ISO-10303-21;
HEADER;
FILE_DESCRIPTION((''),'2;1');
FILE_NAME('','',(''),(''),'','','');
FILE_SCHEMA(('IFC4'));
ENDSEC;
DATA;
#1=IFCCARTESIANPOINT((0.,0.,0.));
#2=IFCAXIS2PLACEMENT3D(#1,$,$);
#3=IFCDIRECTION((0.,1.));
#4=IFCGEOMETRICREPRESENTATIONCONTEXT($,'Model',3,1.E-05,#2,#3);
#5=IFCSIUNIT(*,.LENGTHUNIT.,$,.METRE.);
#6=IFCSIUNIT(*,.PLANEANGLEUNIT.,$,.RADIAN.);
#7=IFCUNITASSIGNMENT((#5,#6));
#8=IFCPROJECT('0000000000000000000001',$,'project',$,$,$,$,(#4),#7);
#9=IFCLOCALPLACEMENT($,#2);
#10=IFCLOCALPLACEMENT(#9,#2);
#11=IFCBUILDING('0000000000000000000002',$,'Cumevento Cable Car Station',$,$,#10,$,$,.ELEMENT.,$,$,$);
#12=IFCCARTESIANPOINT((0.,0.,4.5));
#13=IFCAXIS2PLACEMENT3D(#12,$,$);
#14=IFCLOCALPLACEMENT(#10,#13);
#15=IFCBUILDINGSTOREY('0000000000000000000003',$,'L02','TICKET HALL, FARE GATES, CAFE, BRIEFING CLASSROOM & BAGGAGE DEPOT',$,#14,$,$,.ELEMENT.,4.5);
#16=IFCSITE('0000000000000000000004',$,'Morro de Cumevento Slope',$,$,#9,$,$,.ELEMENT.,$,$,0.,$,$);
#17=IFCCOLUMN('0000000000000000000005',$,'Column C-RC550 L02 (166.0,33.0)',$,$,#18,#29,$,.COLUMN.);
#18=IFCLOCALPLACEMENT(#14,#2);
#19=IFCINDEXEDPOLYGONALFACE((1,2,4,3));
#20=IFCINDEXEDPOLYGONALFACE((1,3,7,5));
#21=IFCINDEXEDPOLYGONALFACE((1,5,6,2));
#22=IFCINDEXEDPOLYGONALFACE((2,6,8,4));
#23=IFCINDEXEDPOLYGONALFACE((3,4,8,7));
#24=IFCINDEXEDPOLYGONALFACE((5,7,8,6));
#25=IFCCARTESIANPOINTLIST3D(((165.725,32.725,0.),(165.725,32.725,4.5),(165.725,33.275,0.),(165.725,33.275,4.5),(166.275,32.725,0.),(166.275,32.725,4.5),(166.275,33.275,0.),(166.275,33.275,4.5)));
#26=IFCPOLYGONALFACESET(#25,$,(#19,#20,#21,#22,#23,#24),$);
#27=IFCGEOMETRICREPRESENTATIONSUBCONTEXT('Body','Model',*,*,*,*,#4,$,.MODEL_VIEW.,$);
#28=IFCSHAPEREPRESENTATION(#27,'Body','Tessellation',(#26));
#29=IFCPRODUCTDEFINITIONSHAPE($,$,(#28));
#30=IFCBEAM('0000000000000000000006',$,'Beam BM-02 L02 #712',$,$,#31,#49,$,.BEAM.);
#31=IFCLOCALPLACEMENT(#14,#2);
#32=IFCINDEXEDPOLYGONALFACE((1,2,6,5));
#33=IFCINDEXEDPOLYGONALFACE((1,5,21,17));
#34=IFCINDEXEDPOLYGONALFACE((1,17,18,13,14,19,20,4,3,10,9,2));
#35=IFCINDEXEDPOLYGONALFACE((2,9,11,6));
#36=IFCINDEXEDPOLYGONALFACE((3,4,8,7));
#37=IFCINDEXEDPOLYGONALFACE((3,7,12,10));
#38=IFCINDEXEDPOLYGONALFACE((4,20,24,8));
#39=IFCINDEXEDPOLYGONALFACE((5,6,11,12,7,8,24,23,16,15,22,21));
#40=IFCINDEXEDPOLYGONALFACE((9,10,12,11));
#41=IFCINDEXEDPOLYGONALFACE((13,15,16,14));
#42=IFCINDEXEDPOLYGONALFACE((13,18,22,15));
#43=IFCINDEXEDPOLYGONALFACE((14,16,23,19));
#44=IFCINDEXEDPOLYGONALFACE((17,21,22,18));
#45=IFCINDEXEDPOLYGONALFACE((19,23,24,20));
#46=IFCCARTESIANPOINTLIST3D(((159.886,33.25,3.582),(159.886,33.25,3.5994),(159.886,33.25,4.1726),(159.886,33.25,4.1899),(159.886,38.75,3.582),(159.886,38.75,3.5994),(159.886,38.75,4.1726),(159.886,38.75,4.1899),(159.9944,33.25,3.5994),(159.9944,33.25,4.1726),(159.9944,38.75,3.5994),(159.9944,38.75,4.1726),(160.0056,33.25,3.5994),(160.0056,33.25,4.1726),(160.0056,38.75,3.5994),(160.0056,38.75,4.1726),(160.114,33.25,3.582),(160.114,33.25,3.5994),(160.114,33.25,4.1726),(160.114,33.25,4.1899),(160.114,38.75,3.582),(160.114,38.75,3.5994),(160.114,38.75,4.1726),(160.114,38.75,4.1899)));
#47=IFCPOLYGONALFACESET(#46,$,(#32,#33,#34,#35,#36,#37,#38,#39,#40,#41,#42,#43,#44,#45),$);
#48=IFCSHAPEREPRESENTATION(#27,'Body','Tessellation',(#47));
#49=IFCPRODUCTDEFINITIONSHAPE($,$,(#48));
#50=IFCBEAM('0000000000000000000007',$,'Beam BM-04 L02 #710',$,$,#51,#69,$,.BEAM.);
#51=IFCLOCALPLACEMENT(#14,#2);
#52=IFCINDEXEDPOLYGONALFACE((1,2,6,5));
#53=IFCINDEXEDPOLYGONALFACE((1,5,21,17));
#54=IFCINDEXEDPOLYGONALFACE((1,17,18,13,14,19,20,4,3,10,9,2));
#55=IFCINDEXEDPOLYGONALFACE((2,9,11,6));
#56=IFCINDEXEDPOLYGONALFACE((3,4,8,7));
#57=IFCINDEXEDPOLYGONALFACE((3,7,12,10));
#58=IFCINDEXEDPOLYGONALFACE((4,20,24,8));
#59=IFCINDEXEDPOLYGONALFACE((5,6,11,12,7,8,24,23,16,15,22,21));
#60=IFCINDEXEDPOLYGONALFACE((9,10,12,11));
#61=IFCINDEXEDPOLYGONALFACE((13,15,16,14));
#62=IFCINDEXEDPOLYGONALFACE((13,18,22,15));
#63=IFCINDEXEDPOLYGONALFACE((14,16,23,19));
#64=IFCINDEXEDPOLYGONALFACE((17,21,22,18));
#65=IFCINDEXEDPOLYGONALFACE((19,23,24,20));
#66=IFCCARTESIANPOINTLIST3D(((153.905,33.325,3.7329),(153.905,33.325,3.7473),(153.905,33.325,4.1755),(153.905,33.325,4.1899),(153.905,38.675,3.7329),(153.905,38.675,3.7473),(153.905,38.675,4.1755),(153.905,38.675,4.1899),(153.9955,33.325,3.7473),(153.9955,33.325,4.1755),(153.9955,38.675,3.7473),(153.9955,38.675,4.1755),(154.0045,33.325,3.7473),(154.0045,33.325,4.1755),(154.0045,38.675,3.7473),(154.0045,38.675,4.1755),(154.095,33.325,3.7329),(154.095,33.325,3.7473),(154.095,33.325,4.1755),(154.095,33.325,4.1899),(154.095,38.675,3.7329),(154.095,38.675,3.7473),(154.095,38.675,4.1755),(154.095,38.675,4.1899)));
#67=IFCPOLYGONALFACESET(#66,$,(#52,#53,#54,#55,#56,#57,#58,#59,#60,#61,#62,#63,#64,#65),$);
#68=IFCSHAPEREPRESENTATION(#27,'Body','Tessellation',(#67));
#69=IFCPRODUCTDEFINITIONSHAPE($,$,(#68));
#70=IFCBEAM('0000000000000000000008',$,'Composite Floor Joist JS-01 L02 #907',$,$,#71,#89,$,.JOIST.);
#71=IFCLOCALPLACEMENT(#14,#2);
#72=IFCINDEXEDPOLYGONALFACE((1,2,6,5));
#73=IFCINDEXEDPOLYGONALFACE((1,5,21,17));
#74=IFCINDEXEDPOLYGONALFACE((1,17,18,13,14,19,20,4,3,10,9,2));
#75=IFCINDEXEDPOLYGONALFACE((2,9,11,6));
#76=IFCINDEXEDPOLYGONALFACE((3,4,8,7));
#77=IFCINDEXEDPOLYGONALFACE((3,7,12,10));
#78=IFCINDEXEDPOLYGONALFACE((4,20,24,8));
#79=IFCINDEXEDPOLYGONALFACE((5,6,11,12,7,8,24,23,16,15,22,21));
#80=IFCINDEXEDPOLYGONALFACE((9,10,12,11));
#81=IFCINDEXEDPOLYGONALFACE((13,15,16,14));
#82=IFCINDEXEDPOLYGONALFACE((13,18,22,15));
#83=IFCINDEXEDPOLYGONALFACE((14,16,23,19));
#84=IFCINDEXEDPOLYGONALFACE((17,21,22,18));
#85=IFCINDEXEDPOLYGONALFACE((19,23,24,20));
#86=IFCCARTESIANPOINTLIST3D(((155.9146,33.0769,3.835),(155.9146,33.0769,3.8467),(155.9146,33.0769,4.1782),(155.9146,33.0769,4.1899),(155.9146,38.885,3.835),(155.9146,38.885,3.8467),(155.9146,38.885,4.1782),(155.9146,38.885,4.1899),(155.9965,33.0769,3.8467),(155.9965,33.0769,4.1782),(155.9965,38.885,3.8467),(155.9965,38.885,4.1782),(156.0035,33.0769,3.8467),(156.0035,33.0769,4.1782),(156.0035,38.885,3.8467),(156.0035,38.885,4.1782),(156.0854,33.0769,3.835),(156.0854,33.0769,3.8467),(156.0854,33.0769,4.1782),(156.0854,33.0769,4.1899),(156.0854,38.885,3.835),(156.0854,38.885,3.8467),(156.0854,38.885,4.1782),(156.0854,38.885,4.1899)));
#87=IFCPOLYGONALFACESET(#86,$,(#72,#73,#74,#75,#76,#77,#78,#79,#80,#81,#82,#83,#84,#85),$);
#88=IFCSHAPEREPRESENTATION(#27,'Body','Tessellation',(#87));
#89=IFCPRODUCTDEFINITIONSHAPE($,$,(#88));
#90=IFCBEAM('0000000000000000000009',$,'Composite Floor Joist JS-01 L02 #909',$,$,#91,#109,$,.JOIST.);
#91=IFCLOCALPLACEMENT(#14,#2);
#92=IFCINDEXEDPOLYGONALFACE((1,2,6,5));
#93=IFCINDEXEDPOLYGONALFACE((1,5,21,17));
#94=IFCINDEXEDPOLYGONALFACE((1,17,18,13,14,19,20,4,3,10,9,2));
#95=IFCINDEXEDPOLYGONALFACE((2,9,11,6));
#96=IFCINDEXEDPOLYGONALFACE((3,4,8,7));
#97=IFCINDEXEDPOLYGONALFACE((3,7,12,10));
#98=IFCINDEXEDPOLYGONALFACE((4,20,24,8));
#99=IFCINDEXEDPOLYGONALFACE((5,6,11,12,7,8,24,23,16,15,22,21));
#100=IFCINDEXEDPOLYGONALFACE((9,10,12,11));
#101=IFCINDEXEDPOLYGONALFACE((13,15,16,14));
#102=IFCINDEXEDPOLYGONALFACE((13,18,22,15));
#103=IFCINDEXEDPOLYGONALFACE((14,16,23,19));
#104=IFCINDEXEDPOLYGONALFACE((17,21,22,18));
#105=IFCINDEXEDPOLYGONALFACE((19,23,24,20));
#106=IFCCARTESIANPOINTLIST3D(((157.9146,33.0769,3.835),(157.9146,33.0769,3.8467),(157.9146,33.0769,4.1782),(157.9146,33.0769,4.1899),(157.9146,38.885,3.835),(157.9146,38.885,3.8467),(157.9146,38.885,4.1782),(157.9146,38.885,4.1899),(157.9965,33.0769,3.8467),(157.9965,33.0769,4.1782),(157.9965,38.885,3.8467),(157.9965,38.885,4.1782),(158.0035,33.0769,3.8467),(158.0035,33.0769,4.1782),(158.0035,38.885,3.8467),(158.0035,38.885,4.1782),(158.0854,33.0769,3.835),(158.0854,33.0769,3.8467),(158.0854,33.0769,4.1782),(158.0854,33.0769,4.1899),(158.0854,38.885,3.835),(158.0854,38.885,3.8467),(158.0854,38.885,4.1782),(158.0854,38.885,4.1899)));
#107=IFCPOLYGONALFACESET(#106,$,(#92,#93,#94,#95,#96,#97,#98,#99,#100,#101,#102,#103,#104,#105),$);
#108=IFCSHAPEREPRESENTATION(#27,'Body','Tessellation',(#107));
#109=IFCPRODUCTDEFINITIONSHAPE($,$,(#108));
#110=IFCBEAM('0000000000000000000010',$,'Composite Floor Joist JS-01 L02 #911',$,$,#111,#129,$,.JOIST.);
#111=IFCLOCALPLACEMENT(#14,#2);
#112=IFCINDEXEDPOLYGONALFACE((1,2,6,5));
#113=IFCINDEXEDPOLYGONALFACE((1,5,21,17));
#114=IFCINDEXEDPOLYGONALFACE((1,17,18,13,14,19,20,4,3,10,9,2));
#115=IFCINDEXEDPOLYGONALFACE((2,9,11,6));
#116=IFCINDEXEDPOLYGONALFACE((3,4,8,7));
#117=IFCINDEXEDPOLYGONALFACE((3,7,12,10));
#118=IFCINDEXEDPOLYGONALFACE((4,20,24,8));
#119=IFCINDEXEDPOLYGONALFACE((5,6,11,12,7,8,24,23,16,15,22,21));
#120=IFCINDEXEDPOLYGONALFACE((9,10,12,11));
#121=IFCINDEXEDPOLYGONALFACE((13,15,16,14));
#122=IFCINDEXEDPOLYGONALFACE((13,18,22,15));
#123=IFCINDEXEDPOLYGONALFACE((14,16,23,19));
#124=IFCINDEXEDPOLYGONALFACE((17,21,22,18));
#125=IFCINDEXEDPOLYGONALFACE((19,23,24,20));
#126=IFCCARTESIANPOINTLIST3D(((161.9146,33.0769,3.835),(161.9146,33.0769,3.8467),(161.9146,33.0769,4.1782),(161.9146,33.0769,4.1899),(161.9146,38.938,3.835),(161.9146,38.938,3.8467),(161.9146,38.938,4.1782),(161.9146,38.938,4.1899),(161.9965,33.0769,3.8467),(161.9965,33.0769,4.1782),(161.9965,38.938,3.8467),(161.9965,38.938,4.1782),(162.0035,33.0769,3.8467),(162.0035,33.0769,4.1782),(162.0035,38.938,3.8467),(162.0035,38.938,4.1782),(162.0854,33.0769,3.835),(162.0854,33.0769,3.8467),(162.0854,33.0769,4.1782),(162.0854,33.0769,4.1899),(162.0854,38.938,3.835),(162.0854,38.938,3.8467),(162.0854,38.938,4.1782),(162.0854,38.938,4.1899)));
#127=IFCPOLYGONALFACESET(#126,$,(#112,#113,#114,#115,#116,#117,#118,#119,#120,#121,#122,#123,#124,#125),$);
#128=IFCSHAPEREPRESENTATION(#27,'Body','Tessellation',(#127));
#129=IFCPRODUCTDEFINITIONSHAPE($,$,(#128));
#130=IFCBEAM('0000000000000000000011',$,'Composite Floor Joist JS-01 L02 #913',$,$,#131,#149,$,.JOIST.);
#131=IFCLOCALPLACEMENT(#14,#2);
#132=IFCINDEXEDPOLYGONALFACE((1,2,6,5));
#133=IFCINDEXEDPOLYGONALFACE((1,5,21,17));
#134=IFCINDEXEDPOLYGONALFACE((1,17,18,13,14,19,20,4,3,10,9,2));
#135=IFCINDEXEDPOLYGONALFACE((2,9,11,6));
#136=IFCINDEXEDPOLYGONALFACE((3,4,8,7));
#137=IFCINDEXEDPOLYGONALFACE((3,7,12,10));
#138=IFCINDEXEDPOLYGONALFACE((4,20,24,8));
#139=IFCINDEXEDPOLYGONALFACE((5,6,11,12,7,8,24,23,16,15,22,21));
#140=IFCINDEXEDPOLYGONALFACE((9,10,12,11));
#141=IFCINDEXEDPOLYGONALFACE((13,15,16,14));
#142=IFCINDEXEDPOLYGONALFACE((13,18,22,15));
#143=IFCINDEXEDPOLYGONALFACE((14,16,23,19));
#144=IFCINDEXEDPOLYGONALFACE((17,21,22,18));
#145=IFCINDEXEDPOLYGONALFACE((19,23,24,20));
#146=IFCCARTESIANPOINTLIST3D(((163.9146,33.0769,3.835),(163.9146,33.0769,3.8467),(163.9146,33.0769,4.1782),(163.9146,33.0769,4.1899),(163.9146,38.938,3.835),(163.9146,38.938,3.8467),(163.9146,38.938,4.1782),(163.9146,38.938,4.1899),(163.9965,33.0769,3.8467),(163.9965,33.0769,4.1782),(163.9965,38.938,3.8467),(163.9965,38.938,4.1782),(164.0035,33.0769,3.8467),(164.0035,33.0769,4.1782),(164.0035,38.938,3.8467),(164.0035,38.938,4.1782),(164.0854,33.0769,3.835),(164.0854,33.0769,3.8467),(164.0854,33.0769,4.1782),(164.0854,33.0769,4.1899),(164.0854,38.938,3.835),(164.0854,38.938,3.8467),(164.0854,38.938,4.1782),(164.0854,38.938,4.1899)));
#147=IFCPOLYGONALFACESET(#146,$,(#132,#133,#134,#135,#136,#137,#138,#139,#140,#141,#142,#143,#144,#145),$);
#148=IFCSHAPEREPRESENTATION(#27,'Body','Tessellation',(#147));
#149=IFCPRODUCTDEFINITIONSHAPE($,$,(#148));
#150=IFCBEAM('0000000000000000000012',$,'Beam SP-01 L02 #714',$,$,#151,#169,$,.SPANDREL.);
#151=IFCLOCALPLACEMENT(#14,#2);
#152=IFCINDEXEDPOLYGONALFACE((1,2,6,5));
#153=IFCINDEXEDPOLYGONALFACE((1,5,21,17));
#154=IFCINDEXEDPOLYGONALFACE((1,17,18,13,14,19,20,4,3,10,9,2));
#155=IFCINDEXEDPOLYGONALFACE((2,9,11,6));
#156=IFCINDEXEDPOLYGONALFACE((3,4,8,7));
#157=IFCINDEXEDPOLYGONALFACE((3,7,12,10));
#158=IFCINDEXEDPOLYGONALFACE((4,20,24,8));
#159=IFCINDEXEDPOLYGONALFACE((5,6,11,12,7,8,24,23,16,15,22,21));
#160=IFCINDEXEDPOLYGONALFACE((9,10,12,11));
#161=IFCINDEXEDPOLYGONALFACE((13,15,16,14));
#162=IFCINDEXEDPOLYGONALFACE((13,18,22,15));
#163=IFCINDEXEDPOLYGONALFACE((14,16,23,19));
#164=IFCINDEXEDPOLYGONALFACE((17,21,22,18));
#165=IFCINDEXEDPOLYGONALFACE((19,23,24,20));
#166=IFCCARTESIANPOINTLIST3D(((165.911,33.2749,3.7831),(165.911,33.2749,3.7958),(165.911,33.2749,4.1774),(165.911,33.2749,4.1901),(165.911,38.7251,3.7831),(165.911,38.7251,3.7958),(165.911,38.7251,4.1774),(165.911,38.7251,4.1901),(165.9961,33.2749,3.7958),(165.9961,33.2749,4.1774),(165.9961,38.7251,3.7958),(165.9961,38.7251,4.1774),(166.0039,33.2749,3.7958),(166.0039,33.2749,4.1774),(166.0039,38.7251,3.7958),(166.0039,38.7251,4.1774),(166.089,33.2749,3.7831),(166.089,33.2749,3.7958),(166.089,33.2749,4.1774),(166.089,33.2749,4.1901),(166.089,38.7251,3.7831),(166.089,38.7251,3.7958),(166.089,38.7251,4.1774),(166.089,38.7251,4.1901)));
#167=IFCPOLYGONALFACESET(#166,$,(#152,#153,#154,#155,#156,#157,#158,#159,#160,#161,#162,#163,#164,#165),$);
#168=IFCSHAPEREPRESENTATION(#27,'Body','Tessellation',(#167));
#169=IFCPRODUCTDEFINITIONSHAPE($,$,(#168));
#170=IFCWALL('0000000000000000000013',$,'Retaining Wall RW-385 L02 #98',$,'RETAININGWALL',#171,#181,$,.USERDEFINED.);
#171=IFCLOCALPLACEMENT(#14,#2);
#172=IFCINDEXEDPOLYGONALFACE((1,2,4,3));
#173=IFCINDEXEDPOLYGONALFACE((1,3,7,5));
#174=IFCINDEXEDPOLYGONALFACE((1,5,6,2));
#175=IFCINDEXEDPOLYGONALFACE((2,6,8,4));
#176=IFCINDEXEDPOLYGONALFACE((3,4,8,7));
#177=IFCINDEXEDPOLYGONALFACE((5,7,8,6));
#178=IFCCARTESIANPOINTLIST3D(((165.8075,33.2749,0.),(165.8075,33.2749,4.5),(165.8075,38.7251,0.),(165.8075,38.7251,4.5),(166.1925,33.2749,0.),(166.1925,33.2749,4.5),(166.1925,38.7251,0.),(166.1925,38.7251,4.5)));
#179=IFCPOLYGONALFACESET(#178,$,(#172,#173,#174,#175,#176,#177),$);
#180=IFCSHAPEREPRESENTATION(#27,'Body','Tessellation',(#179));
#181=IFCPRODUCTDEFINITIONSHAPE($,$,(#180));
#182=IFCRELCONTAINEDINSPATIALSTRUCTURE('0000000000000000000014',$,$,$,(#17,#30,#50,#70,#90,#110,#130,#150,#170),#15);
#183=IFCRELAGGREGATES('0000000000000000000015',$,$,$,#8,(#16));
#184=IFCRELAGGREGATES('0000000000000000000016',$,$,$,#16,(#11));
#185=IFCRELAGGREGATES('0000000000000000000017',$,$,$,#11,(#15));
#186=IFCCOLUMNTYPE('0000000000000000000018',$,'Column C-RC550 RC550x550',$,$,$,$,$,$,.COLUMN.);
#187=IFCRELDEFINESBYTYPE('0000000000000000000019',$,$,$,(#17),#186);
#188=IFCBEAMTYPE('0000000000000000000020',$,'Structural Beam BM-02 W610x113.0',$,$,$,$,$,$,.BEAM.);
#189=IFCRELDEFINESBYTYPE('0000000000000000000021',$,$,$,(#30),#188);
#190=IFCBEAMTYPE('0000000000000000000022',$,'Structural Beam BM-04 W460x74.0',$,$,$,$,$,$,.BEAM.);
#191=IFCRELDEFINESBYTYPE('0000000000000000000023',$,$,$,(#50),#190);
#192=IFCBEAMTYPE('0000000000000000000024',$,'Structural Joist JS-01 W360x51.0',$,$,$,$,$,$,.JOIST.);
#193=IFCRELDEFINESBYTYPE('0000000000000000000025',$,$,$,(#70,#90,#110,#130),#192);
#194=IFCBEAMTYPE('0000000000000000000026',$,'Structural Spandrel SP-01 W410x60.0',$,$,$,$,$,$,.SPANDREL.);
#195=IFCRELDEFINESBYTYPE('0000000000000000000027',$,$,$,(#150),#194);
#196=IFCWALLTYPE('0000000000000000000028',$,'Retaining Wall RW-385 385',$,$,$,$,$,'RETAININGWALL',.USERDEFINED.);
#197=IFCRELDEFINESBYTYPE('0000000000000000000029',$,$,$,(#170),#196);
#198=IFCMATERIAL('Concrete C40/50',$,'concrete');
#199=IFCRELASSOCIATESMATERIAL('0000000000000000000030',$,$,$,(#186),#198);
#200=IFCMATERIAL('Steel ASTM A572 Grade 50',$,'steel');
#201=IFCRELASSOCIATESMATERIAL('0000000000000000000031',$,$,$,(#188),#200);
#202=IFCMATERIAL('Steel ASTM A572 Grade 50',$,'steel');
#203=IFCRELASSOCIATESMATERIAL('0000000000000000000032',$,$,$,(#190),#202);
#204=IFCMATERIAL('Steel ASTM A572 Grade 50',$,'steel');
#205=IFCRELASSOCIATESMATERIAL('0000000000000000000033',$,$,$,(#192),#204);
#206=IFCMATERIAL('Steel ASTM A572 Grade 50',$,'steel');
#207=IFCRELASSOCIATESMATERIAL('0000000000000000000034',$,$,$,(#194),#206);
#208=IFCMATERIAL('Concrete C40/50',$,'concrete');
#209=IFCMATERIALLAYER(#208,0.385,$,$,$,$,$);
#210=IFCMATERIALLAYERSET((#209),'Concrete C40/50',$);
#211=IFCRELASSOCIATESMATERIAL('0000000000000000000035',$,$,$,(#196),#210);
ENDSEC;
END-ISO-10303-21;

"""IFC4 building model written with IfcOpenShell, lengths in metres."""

from ifc_helpers import new_model, si_unit, direction, frame, frame_2d, origin, origin_2d, place, context, subcontext, project, spatial, rectangle, i_section, extrude, material, layer, layer_set, material_profile, profile_set, type_object, element, save


model = new_model("IFC4")

# Units and contexts
model_context = context("Model", 3, precision=1e-05, world=origin(), true_north=direction((0.0, 1.0)))
body_context = subcontext(model_context, "Body", "Model", "MODEL_VIEW")
ifc_project = project(units=[si_unit("LENGTHUNIT", "METRE"), si_unit("PLANEANGLEUNIT", "RADIAN")], contexts=[model_context])

# Site, building, storey
site_placement = place(None, origin())
site = spatial("IfcSite", under=ifc_project, at=site_placement, Name="Morro de Cumevento Slope", CompositionType="ELEMENT", RefElevation=0.0)
building_placement = place(site_placement, origin())
building = spatial("IfcBuilding", under=site, at=building_placement, Name="Cumevento Cable Car Station", CompositionType="ELEMENT")
storey_placement = place(building_placement, frame((0.0, 0.0, 4.5)))
storey = spatial("IfcBuildingStorey", under=building, at=storey_placement, Name="L02", Description="TICKET HALL, FARE GATES, CAFE, BRIEFING CLASSROOM & BAGGAGE DEPOT", CompositionType="ELEMENT", Elevation=4.5)

# Column
ifc_material_1 = material(Name="Concrete C40/50", Category="concrete")
ifc_material_profile_1 = material_profile(ifc_material_1, rectangle(XDim=0.55, YDim=0.55, at=origin_2d()), Name="RC550x550")
ifc_profile_set_1 = profile_set([ifc_material_profile_1], Name="Concrete C40/50")
column_type = type_object("IfcColumnType", Name="Column C-RC550 RC550x550", PredefinedType="COLUMN", material=ifc_profile_set_1)
column_placement = place(storey_placement, frame((166.0, 33.0, 0.0), z_axis=(0.0, 0.0, 1.0), x_axis=(1.0, 0.0, 0.0)))
element("IfcColumn", 1, at=column_placement, inside=storey, type_object=column_type, Name="Column C-RC550 L02 (166.0,33.0)", PredefinedType="COLUMN", context=body_context, shape_type="SweptSolid", body=[
    extrude(rectangle(XDim=0.55, YDim=0.55, at=origin_2d()), origin(), (0.0, 0.0, 1.0), 4.5),
])

# Beams
ifc_material_2 = material(Name="Steel ASTM A572 Grade 50", Category="steel")
ifc_material_profile_2 = material_profile(ifc_material_2, i_section(OverallWidth=0.228, OverallDepth=0.6079, WebThickness=0.0112, FlangeThickness=0.0173, at=origin_2d()), Name="W610x113.0")
ifc_profile_set_2 = profile_set([ifc_material_profile_2], Name="Steel ASTM A572 Grade 50")
beam_type_1 = type_object("IfcBeamType", Name="Structural Beam BM-02 W610x113.0", PredefinedType="BEAM", material=ifc_profile_set_2)
beam_1_placement = place(storey_placement, frame((160.0, 33.25, 3.886), z_axis=(0.0, 1.0, 0.0), x_axis=(-1.0, 0.0, 0.0)))
element("IfcBeam", 2, at=beam_1_placement, inside=storey, type_object=beam_type_1, Name="Beam BM-02 L02 #712", PredefinedType="BEAM", context=body_context, shape_type="SweptSolid", body=[
    extrude(i_section(OverallWidth=0.228, OverallDepth=0.6079, WebThickness=0.0112, FlangeThickness=0.0173, at=origin_2d()), origin(), (0.0, 0.0, 1.0), 5.5),
])
ifc_material_3 = material(Name="Steel ASTM A572 Grade 50", Category="steel")
ifc_material_profile_3 = material_profile(ifc_material_3, i_section(OverallWidth=0.1899, OverallDepth=0.457, WebThickness=0.009, FlangeThickness=0.0144, at=origin_2d()), Name="W460x74.0")
ifc_profile_set_3 = profile_set([ifc_material_profile_3], Name="Steel ASTM A572 Grade 50")
beam_type_2 = type_object("IfcBeamType", Name="Structural Beam BM-04 W460x74.0", PredefinedType="BEAM", material=ifc_profile_set_3)
beam_2_placement = place(storey_placement, frame((154.0, 33.325, 3.9614), z_axis=(0.0, 1.0, 0.0), x_axis=(-1.0, 0.0, 0.0)))
element("IfcBeam", 3, at=beam_2_placement, inside=storey, type_object=beam_type_2, Name="Beam BM-04 L02 #710", PredefinedType="BEAM", context=body_context, shape_type="SweptSolid", body=[
    extrude(i_section(OverallWidth=0.1899, OverallDepth=0.457, WebThickness=0.009, FlangeThickness=0.0144, at=origin_2d()), origin(), (0.0, 0.0, 1.0), 5.3501),
])
ifc_material_4 = material(Name="Steel ASTM A572 Grade 50", Category="steel")
ifc_material_profile_4 = material_profile(ifc_material_4, i_section(OverallWidth=0.1709, OverallDepth=0.355, WebThickness=0.0071, FlangeThickness=0.0117, at=origin_2d()), Name="W360x51.0")
ifc_profile_set_4 = profile_set([ifc_material_profile_4], Name="Steel ASTM A572 Grade 50")
beam_type_3 = type_object("IfcBeamType", Name="Structural Joist JS-01 W360x51.0", PredefinedType="JOIST", material=ifc_profile_set_4)
for number, where, z_axis, x_axis, name in (
    (4, (156.0, 33.0769, 4.0125), (0.0, 1.0, 0.0), (-1.0, 0.0, 0.0), "Composite Floor Joist JS-01 L02 #907"),
    (5, (158.0, 33.0769, 4.0125), (0.0, 1.0, 0.0), (-1.0, 0.0, 0.0), "Composite Floor Joist JS-01 L02 #909"),
):
    element("IfcBeam", number, at=place(storey_placement, frame(where, z_axis=z_axis, x_axis=x_axis)), inside=storey, type_object=beam_type_3, Name=name, PredefinedType="JOIST", context=body_context, shape_type="SweptSolid", body=[
        extrude(i_section(OverallWidth=0.1709, OverallDepth=0.355, WebThickness=0.0071, FlangeThickness=0.0117, at=origin_2d()), origin(), (0.0, 0.0, 1.0), 5.8081),
    ])
for number, where, z_axis, x_axis, name in (
    (6, (162.0, 33.0769, 4.0125), (0.0, 1.0, 0.0), (-1.0, 0.0, 0.0), "Composite Floor Joist JS-01 L02 #911"),
    (7, (164.0, 33.0769, 4.0125), (0.0, 1.0, 0.0), (-1.0, 0.0, 0.0), "Composite Floor Joist JS-01 L02 #913"),
):
    element("IfcBeam", number, at=place(storey_placement, frame(where, z_axis=z_axis, x_axis=x_axis)), inside=storey, type_object=beam_type_3, Name=name, PredefinedType="JOIST", context=body_context, shape_type="SweptSolid", body=[
        extrude(i_section(OverallWidth=0.1709, OverallDepth=0.355, WebThickness=0.0071, FlangeThickness=0.0117, at=origin_2d()), origin(), (0.0, 0.0, 1.0), 5.8611),
    ])
ifc_material_5 = material(Name="Steel ASTM A572 Grade 50", Category="steel")
ifc_material_profile_5 = material_profile(ifc_material_5, i_section(OverallWidth=0.178, OverallDepth=0.407, WebThickness=0.0078, FlangeThickness=0.0127, at=origin_2d()), Name="W410x60.0")
ifc_profile_set_5 = profile_set([ifc_material_profile_5], Name="Steel ASTM A572 Grade 50")
beam_type_4 = type_object("IfcBeamType", Name="Structural Spandrel SP-01 W410x60.0", PredefinedType="SPANDREL", material=ifc_profile_set_5)
beam_3_placement = place(storey_placement, frame((166.0, 33.2749, 3.9866), z_axis=(0.0, 1.0, 0.0), x_axis=(-1.0, 0.0, 0.0)))
element("IfcBeam", 8, at=beam_3_placement, inside=storey, type_object=beam_type_4, Name="Beam SP-01 L02 #714", PredefinedType="SPANDREL", context=body_context, shape_type="SweptSolid", body=[
    extrude(i_section(OverallWidth=0.178, OverallDepth=0.407, WebThickness=0.0078, FlangeThickness=0.0127, at=origin_2d()), origin(), (0.0, 0.0, 1.0), 5.4502),
])

# Wall
ifc_material_6 = material(Name="Concrete C40/50", Category="concrete")
ifc_layer = layer(ifc_material_6, 0.385)
ifc_layer_set = layer_set([ifc_layer], Name="Concrete C40/50")
wall_type = type_object("IfcWallType", Name="Retaining Wall RW-385 385", ElementType="RETAININGWALL", PredefinedType="USERDEFINED", material=ifc_layer_set)
wall_placement = place(storey_placement, frame((166.0, 33.2749, 0.0), z_axis=(0.0, 0.0, 1.0), x_axis=(0.0, 1.0, 0.0)))
element("IfcWall", 9, at=wall_placement, inside=storey, type_object=wall_type, Name="Retaining Wall RW-385 L02 #98", ObjectType="RETAININGWALL", PredefinedType="USERDEFINED", context=body_context, shape_type="SweptSolid", body=[
    extrude(rectangle(XDim=5.4502, YDim=0.385, at=frame_2d((2.7251, 0.0))), origin(), (0.0, 0.0, 1.0), 4.5),
])

save(model, "model.ifc")
